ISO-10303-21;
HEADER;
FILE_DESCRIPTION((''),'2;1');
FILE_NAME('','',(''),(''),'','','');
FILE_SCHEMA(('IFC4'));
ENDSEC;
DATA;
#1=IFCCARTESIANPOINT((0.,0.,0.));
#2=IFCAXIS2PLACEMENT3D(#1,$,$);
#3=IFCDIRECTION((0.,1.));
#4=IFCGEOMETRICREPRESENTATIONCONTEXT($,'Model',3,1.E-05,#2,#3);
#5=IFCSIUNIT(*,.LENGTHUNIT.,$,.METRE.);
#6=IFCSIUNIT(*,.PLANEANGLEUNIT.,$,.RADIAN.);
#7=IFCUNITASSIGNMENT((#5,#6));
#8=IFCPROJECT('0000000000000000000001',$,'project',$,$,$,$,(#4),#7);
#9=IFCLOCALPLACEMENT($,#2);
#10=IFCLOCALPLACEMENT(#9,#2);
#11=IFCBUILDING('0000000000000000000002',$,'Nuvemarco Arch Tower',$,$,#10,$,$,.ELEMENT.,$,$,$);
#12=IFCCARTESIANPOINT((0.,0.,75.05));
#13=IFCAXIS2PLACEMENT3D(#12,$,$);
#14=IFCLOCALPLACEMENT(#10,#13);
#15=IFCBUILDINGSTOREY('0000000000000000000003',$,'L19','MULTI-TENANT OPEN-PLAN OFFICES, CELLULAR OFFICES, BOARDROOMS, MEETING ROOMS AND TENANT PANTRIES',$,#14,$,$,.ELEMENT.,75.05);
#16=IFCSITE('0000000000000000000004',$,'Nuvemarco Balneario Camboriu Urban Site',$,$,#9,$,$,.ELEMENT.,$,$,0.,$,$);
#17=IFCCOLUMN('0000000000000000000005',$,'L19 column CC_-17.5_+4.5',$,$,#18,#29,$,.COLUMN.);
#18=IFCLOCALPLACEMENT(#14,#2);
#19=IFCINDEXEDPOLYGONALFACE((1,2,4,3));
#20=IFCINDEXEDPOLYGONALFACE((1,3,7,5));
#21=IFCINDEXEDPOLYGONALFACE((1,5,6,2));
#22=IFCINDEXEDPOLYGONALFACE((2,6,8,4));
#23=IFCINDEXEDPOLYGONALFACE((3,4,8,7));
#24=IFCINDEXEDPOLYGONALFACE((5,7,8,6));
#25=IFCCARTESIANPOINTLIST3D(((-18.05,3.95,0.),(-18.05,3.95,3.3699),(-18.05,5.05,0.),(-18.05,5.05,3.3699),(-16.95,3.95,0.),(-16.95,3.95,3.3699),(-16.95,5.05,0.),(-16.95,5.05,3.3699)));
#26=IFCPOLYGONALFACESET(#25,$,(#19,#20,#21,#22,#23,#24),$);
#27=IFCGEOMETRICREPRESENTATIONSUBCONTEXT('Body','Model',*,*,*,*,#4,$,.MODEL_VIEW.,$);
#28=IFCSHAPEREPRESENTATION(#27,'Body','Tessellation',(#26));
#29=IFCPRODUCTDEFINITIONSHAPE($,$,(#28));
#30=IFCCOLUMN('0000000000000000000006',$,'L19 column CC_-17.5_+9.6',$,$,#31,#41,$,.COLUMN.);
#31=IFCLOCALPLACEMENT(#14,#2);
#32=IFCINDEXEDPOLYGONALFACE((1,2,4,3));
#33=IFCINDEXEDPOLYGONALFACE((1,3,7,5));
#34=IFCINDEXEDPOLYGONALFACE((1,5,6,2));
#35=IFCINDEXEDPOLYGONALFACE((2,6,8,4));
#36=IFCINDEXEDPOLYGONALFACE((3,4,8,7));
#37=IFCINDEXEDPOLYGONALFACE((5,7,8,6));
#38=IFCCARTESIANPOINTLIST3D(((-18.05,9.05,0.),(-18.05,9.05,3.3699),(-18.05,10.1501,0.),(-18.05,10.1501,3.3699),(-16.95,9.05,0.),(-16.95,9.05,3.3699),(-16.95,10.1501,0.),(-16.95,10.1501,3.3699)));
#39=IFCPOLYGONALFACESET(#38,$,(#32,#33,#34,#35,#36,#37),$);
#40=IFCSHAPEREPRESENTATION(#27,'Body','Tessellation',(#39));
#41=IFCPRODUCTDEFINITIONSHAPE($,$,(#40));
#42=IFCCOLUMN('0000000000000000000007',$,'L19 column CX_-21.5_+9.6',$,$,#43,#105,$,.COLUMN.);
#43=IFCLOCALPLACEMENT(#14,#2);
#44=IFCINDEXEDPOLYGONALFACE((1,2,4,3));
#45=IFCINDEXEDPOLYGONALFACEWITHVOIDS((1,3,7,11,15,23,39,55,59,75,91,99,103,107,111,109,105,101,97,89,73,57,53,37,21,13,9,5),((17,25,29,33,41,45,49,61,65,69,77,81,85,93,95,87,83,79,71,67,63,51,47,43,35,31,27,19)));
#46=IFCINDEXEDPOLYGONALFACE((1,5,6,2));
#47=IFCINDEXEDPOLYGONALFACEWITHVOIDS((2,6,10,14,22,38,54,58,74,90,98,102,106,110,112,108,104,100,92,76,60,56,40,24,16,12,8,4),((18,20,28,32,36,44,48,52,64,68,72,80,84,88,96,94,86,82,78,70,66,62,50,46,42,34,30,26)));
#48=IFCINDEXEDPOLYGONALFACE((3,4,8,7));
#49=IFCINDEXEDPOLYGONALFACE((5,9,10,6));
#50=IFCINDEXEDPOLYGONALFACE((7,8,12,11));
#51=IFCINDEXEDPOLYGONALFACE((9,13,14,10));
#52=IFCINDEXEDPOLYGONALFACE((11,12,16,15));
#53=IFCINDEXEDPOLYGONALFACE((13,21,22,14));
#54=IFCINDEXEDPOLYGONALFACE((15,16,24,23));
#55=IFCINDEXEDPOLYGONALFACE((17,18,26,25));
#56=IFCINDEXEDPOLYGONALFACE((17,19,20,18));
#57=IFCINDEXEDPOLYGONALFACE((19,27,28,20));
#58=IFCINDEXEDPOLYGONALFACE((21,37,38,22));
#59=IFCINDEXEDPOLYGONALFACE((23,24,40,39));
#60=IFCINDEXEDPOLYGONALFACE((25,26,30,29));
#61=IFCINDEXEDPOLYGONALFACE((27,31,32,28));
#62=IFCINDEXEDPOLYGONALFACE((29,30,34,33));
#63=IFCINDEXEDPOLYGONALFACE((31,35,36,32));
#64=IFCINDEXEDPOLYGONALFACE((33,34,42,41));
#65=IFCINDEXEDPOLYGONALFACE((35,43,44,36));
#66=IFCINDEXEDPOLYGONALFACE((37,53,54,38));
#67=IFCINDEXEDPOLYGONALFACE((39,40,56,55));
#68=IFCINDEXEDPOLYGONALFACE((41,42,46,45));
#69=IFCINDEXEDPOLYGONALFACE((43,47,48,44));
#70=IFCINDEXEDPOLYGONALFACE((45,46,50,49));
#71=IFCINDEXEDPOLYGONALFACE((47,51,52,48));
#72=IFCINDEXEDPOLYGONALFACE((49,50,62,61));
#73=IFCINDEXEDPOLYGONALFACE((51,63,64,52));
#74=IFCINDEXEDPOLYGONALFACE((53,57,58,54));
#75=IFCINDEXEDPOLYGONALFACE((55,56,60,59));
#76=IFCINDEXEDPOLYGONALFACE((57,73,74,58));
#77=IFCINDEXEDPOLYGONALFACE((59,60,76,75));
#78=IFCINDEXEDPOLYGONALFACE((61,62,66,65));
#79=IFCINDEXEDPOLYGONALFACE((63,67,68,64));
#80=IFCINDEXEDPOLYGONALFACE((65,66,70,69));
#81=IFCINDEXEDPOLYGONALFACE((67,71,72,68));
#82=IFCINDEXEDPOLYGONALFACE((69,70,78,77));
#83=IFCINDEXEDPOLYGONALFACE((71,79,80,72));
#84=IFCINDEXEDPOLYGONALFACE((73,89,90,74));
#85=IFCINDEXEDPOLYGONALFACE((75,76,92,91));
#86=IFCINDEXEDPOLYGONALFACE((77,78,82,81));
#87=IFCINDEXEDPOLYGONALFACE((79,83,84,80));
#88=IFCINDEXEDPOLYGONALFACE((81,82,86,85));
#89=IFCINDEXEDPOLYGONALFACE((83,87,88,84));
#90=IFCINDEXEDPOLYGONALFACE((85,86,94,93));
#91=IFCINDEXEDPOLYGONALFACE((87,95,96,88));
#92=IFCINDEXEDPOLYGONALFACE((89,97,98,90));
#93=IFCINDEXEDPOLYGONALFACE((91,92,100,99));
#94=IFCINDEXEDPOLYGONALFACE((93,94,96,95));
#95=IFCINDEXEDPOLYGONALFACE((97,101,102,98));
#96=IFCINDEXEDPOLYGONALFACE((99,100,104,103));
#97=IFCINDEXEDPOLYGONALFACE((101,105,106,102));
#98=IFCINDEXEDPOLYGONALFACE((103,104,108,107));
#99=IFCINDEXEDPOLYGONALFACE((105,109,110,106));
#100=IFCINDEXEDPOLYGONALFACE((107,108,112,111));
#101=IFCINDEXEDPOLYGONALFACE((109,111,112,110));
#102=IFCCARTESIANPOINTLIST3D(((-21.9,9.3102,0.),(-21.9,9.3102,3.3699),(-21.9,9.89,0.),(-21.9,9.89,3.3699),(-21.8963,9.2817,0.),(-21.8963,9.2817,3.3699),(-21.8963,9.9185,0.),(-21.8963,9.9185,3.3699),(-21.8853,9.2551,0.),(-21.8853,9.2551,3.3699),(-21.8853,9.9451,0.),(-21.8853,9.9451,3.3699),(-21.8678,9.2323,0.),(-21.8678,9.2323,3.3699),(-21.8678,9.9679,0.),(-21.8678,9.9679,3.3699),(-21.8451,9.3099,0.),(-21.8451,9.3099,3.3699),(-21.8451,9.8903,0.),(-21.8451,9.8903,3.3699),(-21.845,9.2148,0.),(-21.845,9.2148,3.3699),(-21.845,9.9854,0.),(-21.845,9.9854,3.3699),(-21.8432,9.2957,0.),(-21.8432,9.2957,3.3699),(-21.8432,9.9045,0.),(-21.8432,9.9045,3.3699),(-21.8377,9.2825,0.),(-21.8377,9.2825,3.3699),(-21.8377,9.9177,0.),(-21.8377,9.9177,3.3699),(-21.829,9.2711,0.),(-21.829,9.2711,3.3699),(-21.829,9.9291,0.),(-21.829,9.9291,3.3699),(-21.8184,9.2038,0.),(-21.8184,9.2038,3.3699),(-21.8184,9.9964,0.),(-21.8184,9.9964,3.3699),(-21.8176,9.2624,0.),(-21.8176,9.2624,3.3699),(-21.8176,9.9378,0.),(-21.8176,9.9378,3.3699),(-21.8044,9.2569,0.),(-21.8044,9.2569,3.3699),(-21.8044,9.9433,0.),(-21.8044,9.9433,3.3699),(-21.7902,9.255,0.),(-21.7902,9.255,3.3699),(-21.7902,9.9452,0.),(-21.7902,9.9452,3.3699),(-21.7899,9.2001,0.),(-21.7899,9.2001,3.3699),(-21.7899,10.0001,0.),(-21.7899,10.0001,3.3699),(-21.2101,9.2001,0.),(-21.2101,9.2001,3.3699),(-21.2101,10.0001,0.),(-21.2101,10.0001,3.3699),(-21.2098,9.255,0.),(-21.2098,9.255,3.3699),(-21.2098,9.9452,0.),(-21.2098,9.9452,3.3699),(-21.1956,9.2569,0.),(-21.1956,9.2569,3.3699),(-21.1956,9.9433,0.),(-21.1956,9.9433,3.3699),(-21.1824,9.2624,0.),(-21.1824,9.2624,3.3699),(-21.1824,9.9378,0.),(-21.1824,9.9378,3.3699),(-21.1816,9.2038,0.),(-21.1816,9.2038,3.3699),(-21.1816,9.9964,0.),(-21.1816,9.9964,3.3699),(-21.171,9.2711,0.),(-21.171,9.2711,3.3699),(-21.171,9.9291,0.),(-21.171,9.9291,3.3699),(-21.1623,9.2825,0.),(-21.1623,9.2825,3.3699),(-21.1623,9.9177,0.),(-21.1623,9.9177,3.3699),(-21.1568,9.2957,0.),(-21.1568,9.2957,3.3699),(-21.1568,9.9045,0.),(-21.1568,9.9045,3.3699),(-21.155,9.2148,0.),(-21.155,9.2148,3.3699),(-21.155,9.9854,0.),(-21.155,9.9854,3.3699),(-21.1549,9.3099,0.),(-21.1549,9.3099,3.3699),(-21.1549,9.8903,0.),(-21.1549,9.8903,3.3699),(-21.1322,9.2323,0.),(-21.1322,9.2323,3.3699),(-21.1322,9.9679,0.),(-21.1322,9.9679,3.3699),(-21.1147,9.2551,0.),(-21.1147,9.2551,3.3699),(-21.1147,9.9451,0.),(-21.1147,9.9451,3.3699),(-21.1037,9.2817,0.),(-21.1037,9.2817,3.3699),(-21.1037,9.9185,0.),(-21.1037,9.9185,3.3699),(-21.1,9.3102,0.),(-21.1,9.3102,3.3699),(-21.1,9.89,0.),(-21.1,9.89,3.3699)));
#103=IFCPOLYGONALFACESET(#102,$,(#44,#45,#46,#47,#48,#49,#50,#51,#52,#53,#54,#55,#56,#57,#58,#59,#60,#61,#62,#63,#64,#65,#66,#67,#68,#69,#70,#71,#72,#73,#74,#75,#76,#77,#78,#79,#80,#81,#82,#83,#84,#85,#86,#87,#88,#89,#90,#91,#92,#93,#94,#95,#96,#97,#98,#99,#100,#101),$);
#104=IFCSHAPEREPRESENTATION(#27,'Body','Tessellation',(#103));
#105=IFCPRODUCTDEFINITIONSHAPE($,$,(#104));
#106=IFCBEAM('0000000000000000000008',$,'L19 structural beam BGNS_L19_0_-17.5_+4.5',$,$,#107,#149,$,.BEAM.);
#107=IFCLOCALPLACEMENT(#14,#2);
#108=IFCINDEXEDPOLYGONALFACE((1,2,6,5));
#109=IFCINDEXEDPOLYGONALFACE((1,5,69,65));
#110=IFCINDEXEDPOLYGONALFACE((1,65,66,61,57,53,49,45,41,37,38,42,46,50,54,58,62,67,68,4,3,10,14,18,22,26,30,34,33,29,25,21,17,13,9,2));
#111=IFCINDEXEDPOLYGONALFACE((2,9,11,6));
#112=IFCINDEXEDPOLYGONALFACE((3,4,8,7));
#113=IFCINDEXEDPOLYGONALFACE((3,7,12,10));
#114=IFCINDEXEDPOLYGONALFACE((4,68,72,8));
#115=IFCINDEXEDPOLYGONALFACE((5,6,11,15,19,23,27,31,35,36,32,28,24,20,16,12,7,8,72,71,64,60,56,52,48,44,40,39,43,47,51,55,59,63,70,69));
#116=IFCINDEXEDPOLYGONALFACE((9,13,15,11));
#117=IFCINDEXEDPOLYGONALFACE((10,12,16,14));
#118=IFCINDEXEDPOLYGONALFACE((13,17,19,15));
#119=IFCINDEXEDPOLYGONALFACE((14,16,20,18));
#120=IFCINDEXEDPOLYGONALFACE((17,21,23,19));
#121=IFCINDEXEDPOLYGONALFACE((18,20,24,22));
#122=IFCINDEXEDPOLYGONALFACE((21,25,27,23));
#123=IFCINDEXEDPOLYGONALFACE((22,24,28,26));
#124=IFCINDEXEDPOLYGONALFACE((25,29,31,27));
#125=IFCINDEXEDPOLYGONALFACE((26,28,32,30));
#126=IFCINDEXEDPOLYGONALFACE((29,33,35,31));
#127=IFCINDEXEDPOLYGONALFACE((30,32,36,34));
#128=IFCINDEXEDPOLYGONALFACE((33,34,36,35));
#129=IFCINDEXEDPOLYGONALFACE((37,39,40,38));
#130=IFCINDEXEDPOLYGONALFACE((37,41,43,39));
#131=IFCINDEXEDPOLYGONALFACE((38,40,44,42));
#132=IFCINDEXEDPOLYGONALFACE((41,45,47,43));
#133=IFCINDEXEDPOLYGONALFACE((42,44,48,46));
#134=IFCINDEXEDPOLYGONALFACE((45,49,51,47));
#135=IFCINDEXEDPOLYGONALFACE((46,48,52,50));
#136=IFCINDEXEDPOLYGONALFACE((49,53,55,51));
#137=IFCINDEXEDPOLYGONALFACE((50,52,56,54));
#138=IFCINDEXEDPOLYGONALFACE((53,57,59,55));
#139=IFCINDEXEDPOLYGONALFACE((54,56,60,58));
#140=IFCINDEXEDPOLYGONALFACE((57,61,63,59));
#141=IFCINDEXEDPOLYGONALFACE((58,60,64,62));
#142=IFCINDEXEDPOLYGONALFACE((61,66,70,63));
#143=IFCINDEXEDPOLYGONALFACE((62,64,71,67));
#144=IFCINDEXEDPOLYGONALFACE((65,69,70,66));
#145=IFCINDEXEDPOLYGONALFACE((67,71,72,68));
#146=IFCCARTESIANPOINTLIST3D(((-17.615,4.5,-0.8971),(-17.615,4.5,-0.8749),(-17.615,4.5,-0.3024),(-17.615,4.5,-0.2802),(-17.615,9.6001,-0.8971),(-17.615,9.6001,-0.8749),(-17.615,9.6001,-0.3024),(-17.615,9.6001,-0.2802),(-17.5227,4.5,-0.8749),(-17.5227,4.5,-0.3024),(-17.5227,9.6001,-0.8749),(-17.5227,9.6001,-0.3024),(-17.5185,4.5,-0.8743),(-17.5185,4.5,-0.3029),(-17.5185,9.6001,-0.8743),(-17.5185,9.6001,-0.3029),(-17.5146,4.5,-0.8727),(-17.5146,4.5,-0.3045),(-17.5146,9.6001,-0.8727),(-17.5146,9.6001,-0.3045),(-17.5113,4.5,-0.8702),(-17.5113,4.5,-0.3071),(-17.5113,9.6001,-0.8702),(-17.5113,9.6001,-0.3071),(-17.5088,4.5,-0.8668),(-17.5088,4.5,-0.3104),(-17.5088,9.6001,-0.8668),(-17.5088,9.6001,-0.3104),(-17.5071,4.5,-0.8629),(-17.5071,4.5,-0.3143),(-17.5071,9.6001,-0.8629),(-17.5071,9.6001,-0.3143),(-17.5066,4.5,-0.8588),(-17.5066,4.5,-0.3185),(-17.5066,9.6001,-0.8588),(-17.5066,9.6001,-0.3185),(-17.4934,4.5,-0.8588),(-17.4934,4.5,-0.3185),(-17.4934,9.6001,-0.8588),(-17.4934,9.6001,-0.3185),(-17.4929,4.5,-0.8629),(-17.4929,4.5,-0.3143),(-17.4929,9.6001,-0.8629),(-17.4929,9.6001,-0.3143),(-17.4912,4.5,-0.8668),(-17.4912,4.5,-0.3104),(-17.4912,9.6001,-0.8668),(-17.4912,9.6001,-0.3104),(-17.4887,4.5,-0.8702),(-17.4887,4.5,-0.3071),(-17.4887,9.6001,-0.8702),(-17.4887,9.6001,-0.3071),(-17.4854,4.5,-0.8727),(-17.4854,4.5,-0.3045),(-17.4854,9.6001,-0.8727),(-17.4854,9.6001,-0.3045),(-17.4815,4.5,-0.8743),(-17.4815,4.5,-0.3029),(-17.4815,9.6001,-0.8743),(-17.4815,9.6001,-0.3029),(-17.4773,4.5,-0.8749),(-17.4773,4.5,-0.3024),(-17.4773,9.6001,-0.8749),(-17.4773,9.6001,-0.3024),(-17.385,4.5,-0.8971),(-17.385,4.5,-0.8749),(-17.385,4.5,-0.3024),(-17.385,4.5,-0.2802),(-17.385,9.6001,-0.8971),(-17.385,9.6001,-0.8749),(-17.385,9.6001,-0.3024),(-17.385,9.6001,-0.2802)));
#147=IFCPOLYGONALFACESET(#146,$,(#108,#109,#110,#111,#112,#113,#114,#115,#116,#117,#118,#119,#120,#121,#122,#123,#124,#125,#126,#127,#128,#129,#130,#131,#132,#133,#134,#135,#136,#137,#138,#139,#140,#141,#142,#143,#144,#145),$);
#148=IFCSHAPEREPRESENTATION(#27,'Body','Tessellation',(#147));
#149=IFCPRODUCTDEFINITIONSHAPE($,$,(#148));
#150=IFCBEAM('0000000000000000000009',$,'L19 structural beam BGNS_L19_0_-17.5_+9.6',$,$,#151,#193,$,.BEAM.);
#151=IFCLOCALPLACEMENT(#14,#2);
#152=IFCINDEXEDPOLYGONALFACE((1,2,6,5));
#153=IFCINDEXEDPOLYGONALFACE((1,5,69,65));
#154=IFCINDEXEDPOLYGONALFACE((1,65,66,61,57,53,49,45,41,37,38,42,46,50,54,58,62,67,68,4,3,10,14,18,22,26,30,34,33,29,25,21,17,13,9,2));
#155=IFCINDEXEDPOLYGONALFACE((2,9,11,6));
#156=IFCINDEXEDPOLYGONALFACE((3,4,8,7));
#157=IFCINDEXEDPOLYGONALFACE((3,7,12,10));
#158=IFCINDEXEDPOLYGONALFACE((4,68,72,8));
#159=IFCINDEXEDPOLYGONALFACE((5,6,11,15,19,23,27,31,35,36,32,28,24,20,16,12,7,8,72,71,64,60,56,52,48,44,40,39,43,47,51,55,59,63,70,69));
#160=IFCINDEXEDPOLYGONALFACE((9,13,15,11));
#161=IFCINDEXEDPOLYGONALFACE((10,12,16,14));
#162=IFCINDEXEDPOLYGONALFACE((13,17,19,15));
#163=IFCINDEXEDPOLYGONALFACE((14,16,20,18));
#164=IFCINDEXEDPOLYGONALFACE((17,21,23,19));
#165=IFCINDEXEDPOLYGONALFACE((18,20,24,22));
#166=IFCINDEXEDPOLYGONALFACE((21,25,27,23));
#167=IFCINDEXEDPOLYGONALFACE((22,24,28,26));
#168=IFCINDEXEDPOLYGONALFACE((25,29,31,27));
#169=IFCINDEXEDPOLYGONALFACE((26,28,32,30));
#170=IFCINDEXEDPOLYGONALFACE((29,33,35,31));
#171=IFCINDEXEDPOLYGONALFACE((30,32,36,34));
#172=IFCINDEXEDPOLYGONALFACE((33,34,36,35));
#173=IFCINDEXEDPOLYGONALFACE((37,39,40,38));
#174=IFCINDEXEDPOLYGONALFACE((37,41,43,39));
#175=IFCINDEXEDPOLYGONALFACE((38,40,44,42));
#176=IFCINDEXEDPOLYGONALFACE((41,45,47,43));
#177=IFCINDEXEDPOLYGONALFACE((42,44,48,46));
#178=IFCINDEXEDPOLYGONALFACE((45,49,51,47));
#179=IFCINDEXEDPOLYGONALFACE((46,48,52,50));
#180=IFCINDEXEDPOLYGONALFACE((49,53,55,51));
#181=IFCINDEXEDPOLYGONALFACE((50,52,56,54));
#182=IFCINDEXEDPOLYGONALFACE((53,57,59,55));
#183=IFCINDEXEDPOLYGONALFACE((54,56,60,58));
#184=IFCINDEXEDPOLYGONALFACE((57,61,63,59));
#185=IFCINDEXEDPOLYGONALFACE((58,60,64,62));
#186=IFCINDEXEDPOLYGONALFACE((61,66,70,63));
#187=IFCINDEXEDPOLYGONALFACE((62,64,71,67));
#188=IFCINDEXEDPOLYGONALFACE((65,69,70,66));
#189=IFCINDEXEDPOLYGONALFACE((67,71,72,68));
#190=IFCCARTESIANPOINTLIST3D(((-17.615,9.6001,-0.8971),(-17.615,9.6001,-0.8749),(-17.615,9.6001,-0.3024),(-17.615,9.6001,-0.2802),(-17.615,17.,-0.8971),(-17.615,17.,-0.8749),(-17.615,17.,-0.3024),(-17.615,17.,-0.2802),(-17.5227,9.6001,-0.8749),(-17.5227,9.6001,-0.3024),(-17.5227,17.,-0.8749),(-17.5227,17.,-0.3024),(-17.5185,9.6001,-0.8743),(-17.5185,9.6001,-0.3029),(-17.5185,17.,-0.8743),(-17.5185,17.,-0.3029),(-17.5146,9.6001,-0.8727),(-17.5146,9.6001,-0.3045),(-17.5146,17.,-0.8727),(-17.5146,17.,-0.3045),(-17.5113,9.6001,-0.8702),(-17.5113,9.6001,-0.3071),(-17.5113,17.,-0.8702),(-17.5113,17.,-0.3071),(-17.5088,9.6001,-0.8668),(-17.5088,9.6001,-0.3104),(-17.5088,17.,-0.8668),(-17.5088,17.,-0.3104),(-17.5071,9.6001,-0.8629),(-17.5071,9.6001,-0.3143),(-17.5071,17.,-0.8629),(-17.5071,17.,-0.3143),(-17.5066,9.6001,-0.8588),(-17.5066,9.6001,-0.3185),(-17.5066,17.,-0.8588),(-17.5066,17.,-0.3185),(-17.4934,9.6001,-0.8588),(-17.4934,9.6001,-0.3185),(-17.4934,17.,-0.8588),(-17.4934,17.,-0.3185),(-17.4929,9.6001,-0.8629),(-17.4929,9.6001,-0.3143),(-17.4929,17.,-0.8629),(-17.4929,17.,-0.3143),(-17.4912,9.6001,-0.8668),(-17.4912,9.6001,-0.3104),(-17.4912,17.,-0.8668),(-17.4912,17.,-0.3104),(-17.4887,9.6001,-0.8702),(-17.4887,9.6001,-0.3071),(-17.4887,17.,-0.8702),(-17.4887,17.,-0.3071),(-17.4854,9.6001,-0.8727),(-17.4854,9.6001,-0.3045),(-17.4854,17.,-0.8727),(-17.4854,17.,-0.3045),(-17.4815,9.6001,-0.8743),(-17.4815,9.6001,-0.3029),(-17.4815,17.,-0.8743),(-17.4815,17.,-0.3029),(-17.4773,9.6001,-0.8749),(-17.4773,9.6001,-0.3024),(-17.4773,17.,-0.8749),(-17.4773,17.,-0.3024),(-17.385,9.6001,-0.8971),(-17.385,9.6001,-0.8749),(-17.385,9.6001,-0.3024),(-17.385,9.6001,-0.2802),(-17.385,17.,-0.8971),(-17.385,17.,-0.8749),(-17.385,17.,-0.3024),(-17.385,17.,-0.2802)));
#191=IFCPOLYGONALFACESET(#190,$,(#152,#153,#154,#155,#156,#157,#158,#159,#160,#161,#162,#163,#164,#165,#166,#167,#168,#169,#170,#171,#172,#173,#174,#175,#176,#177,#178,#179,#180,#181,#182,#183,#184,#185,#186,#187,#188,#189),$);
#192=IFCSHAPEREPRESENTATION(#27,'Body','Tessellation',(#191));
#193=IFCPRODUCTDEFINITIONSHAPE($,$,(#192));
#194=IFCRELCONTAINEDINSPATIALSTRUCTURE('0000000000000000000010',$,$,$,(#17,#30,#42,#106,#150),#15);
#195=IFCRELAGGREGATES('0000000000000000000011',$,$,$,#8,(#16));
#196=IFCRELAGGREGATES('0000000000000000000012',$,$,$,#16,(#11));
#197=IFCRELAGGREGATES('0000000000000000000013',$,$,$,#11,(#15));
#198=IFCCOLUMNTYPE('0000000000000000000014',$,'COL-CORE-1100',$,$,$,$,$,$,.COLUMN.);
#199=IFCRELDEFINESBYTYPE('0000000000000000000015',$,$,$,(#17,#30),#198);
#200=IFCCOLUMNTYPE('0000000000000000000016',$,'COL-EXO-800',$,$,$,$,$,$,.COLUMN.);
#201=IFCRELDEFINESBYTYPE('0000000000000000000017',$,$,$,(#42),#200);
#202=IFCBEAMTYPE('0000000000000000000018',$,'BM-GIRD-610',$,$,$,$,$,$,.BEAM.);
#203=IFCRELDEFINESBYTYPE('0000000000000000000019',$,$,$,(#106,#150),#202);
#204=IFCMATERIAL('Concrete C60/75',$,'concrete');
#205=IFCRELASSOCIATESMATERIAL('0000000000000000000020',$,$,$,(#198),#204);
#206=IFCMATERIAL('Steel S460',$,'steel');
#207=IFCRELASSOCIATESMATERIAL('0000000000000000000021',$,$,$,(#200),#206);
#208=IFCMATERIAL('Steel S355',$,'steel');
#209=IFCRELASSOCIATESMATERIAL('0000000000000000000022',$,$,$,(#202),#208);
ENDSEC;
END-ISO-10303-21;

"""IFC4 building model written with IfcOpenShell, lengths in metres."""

from ifc_helpers import new_model, si_unit, direction, frame, origin, origin_2d, place, context, subcontext, project, spatial, rectangle, hollow_rectangle, i_section, extrude, material, material_profile, profile_set, type_object, element, save


model = new_model("IFC4")

# Units and contexts
model_context = context("Model", 3, precision=1e-05, world=origin(), true_north=direction((0.0, 1.0)))
body_context = subcontext(model_context, "Body", "Model", "MODEL_VIEW")
ifc_project = project(units=[si_unit("LENGTHUNIT", "METRE"), si_unit("PLANEANGLEUNIT", "RADIAN")], contexts=[model_context])

# Site, building, storey
site_placement = place(None, origin())
site = spatial("IfcSite", under=ifc_project, at=site_placement, Name="Nuvemarco Balneario Camboriu Urban Site", CompositionType="ELEMENT", RefElevation=0.0)
building_placement = place(site_placement, origin())
building = spatial("IfcBuilding", under=site, at=building_placement, Name="Nuvemarco Arch Tower", CompositionType="ELEMENT")
storey_placement = place(building_placement, frame((0.0, 0.0, 75.05)))
storey = spatial("IfcBuildingStorey", under=building, at=storey_placement, Name="L19", Description="MULTI-TENANT OPEN-PLAN OFFICES, CELLULAR OFFICES, BOARDROOMS, MEETING ROOMS AND TENANT PANTRIES", CompositionType="ELEMENT", Elevation=75.05)

# Columns
ifc_material_1 = material(Name="Concrete C60/75", Category="concrete")
ifc_material_profile_1 = material_profile(ifc_material_1, rectangle(XDim=1.1001, YDim=1.1001, at=origin_2d()), Name="RC-COL-1100x1100")
ifc_profile_set_1 = profile_set([ifc_material_profile_1], Name="Concrete C60/75")
column_type_1 = type_object("IfcColumnType", Name="COL-CORE-1100", PredefinedType="COLUMN", material=ifc_profile_set_1)
for number, where, z_axis, x_axis, name in (
    (1, (-17.5, 4.5, 0.0), (0.0, 0.0, 1.0), (1.0, 0.0, 0.0), "L19 column CC_-17.5_+4.5"),
    (2, (-17.5, 9.6001, 0.0), (0.0, 0.0, 1.0), (1.0, 0.0, 0.0), "L19 column CC_-17.5_+9.6"),
):
    element("IfcColumn", number, at=place(storey_placement, frame(where, z_axis=z_axis, x_axis=x_axis)), inside=storey, type_object=column_type_1, Name=name, PredefinedType="COLUMN", context=body_context, shape_type="SweptSolid", body=[
        extrude(rectangle(XDim=1.1001, YDim=1.1001, at=origin_2d()), origin(), (0.0, 0.0, 1.0), 3.3699),
    ])
ifc_material_2 = material(Name="Steel S460", Category="steel")
ifc_material_profile_2 = material_profile(ifc_material_2, hollow_rectangle(XDim=0.8, YDim=0.8, WallThickness=0.0549, InnerFilletRadius=0.0549, OuterFilletRadius=0.1101, at=origin_2d()), Name="SHS800x800x55")
ifc_profile_set_2 = profile_set([ifc_material_profile_2], Name="Steel S460")
column_type_2 = type_object("IfcColumnType", Name="COL-EXO-800", PredefinedType="COLUMN", material=ifc_profile_set_2)
column_placement = place(storey_placement, frame((-21.5, 9.6001, 0.0), z_axis=(0.0, 0.0, 1.0), x_axis=(1.0, 0.0, 0.0)))
element("IfcColumn", 3, at=column_placement, inside=storey, type_object=column_type_2, Name="L19 column CX_-21.5_+9.6", PredefinedType="COLUMN", context=body_context, shape_type="SweptSolid", body=[
    extrude(hollow_rectangle(XDim=0.8, YDim=0.8, WallThickness=0.0549, InnerFilletRadius=0.0549, OuterFilletRadius=0.1101, at=origin_2d()), origin(), (0.0, 0.0, 1.0), 3.3699),
])

# Beams
ifc_material_3 = material(Name="Steel S355", Category="steel")
ifc_material_profile_3 = material_profile(ifc_material_3, i_section(OverallWidth=0.23, OverallDepth=0.6169, WebThickness=0.0132, FlangeThickness=0.0222, FilletRadius=0.0161, at=origin_2d()), Name="W610x140")
ifc_profile_set_3 = profile_set([ifc_material_profile_3], Name="Steel S355")
beam_type_1 = type_object("IfcBeamType", Name="BM-GIRD-610", PredefinedType="BEAM", material=ifc_profile_set_3)
beam_1_placement = place(storey_placement, frame((-17.5, 4.5, -0.5886), z_axis=(0.0, 1.0, 0.0), x_axis=(-1.0, 0.0, 0.0)))
element("IfcBeam", 4, at=beam_1_placement, inside=storey, type_object=beam_type_1, Name="L19 structural beam BGNS_L19_0_-17.5_+4.5", PredefinedType="BEAM", context=body_context, shape_type="SweptSolid", body=[
    extrude(i_section(OverallWidth=0.23, OverallDepth=0.6169, WebThickness=0.0132, FlangeThickness=0.0222, FilletRadius=0.0161, at=origin_2d()), origin(), (0.0, 0.0, 1.0), 5.1001),
])
beam_2_placement = place(storey_placement, frame((-17.5, 9.6001, -0.5886), z_axis=(0.0, 1.0, 0.0), x_axis=(-1.0, 0.0, 0.0)))
element("IfcBeam", 5, at=beam_2_placement, inside=storey, type_object=beam_type_1, Name="L19 structural beam BGNS_L19_0_-17.5_+9.6", PredefinedType="BEAM", context=body_context, shape_type="SweptSolid", body=[
    extrude(i_section(OverallWidth=0.23, OverallDepth=0.6169, WebThickness=0.0132, FlangeThickness=0.0222, FilletRadius=0.0161, at=origin_2d()), origin(), (0.0, 0.0, 1.0), 7.3999),
])

save(model, "model.ifc")
